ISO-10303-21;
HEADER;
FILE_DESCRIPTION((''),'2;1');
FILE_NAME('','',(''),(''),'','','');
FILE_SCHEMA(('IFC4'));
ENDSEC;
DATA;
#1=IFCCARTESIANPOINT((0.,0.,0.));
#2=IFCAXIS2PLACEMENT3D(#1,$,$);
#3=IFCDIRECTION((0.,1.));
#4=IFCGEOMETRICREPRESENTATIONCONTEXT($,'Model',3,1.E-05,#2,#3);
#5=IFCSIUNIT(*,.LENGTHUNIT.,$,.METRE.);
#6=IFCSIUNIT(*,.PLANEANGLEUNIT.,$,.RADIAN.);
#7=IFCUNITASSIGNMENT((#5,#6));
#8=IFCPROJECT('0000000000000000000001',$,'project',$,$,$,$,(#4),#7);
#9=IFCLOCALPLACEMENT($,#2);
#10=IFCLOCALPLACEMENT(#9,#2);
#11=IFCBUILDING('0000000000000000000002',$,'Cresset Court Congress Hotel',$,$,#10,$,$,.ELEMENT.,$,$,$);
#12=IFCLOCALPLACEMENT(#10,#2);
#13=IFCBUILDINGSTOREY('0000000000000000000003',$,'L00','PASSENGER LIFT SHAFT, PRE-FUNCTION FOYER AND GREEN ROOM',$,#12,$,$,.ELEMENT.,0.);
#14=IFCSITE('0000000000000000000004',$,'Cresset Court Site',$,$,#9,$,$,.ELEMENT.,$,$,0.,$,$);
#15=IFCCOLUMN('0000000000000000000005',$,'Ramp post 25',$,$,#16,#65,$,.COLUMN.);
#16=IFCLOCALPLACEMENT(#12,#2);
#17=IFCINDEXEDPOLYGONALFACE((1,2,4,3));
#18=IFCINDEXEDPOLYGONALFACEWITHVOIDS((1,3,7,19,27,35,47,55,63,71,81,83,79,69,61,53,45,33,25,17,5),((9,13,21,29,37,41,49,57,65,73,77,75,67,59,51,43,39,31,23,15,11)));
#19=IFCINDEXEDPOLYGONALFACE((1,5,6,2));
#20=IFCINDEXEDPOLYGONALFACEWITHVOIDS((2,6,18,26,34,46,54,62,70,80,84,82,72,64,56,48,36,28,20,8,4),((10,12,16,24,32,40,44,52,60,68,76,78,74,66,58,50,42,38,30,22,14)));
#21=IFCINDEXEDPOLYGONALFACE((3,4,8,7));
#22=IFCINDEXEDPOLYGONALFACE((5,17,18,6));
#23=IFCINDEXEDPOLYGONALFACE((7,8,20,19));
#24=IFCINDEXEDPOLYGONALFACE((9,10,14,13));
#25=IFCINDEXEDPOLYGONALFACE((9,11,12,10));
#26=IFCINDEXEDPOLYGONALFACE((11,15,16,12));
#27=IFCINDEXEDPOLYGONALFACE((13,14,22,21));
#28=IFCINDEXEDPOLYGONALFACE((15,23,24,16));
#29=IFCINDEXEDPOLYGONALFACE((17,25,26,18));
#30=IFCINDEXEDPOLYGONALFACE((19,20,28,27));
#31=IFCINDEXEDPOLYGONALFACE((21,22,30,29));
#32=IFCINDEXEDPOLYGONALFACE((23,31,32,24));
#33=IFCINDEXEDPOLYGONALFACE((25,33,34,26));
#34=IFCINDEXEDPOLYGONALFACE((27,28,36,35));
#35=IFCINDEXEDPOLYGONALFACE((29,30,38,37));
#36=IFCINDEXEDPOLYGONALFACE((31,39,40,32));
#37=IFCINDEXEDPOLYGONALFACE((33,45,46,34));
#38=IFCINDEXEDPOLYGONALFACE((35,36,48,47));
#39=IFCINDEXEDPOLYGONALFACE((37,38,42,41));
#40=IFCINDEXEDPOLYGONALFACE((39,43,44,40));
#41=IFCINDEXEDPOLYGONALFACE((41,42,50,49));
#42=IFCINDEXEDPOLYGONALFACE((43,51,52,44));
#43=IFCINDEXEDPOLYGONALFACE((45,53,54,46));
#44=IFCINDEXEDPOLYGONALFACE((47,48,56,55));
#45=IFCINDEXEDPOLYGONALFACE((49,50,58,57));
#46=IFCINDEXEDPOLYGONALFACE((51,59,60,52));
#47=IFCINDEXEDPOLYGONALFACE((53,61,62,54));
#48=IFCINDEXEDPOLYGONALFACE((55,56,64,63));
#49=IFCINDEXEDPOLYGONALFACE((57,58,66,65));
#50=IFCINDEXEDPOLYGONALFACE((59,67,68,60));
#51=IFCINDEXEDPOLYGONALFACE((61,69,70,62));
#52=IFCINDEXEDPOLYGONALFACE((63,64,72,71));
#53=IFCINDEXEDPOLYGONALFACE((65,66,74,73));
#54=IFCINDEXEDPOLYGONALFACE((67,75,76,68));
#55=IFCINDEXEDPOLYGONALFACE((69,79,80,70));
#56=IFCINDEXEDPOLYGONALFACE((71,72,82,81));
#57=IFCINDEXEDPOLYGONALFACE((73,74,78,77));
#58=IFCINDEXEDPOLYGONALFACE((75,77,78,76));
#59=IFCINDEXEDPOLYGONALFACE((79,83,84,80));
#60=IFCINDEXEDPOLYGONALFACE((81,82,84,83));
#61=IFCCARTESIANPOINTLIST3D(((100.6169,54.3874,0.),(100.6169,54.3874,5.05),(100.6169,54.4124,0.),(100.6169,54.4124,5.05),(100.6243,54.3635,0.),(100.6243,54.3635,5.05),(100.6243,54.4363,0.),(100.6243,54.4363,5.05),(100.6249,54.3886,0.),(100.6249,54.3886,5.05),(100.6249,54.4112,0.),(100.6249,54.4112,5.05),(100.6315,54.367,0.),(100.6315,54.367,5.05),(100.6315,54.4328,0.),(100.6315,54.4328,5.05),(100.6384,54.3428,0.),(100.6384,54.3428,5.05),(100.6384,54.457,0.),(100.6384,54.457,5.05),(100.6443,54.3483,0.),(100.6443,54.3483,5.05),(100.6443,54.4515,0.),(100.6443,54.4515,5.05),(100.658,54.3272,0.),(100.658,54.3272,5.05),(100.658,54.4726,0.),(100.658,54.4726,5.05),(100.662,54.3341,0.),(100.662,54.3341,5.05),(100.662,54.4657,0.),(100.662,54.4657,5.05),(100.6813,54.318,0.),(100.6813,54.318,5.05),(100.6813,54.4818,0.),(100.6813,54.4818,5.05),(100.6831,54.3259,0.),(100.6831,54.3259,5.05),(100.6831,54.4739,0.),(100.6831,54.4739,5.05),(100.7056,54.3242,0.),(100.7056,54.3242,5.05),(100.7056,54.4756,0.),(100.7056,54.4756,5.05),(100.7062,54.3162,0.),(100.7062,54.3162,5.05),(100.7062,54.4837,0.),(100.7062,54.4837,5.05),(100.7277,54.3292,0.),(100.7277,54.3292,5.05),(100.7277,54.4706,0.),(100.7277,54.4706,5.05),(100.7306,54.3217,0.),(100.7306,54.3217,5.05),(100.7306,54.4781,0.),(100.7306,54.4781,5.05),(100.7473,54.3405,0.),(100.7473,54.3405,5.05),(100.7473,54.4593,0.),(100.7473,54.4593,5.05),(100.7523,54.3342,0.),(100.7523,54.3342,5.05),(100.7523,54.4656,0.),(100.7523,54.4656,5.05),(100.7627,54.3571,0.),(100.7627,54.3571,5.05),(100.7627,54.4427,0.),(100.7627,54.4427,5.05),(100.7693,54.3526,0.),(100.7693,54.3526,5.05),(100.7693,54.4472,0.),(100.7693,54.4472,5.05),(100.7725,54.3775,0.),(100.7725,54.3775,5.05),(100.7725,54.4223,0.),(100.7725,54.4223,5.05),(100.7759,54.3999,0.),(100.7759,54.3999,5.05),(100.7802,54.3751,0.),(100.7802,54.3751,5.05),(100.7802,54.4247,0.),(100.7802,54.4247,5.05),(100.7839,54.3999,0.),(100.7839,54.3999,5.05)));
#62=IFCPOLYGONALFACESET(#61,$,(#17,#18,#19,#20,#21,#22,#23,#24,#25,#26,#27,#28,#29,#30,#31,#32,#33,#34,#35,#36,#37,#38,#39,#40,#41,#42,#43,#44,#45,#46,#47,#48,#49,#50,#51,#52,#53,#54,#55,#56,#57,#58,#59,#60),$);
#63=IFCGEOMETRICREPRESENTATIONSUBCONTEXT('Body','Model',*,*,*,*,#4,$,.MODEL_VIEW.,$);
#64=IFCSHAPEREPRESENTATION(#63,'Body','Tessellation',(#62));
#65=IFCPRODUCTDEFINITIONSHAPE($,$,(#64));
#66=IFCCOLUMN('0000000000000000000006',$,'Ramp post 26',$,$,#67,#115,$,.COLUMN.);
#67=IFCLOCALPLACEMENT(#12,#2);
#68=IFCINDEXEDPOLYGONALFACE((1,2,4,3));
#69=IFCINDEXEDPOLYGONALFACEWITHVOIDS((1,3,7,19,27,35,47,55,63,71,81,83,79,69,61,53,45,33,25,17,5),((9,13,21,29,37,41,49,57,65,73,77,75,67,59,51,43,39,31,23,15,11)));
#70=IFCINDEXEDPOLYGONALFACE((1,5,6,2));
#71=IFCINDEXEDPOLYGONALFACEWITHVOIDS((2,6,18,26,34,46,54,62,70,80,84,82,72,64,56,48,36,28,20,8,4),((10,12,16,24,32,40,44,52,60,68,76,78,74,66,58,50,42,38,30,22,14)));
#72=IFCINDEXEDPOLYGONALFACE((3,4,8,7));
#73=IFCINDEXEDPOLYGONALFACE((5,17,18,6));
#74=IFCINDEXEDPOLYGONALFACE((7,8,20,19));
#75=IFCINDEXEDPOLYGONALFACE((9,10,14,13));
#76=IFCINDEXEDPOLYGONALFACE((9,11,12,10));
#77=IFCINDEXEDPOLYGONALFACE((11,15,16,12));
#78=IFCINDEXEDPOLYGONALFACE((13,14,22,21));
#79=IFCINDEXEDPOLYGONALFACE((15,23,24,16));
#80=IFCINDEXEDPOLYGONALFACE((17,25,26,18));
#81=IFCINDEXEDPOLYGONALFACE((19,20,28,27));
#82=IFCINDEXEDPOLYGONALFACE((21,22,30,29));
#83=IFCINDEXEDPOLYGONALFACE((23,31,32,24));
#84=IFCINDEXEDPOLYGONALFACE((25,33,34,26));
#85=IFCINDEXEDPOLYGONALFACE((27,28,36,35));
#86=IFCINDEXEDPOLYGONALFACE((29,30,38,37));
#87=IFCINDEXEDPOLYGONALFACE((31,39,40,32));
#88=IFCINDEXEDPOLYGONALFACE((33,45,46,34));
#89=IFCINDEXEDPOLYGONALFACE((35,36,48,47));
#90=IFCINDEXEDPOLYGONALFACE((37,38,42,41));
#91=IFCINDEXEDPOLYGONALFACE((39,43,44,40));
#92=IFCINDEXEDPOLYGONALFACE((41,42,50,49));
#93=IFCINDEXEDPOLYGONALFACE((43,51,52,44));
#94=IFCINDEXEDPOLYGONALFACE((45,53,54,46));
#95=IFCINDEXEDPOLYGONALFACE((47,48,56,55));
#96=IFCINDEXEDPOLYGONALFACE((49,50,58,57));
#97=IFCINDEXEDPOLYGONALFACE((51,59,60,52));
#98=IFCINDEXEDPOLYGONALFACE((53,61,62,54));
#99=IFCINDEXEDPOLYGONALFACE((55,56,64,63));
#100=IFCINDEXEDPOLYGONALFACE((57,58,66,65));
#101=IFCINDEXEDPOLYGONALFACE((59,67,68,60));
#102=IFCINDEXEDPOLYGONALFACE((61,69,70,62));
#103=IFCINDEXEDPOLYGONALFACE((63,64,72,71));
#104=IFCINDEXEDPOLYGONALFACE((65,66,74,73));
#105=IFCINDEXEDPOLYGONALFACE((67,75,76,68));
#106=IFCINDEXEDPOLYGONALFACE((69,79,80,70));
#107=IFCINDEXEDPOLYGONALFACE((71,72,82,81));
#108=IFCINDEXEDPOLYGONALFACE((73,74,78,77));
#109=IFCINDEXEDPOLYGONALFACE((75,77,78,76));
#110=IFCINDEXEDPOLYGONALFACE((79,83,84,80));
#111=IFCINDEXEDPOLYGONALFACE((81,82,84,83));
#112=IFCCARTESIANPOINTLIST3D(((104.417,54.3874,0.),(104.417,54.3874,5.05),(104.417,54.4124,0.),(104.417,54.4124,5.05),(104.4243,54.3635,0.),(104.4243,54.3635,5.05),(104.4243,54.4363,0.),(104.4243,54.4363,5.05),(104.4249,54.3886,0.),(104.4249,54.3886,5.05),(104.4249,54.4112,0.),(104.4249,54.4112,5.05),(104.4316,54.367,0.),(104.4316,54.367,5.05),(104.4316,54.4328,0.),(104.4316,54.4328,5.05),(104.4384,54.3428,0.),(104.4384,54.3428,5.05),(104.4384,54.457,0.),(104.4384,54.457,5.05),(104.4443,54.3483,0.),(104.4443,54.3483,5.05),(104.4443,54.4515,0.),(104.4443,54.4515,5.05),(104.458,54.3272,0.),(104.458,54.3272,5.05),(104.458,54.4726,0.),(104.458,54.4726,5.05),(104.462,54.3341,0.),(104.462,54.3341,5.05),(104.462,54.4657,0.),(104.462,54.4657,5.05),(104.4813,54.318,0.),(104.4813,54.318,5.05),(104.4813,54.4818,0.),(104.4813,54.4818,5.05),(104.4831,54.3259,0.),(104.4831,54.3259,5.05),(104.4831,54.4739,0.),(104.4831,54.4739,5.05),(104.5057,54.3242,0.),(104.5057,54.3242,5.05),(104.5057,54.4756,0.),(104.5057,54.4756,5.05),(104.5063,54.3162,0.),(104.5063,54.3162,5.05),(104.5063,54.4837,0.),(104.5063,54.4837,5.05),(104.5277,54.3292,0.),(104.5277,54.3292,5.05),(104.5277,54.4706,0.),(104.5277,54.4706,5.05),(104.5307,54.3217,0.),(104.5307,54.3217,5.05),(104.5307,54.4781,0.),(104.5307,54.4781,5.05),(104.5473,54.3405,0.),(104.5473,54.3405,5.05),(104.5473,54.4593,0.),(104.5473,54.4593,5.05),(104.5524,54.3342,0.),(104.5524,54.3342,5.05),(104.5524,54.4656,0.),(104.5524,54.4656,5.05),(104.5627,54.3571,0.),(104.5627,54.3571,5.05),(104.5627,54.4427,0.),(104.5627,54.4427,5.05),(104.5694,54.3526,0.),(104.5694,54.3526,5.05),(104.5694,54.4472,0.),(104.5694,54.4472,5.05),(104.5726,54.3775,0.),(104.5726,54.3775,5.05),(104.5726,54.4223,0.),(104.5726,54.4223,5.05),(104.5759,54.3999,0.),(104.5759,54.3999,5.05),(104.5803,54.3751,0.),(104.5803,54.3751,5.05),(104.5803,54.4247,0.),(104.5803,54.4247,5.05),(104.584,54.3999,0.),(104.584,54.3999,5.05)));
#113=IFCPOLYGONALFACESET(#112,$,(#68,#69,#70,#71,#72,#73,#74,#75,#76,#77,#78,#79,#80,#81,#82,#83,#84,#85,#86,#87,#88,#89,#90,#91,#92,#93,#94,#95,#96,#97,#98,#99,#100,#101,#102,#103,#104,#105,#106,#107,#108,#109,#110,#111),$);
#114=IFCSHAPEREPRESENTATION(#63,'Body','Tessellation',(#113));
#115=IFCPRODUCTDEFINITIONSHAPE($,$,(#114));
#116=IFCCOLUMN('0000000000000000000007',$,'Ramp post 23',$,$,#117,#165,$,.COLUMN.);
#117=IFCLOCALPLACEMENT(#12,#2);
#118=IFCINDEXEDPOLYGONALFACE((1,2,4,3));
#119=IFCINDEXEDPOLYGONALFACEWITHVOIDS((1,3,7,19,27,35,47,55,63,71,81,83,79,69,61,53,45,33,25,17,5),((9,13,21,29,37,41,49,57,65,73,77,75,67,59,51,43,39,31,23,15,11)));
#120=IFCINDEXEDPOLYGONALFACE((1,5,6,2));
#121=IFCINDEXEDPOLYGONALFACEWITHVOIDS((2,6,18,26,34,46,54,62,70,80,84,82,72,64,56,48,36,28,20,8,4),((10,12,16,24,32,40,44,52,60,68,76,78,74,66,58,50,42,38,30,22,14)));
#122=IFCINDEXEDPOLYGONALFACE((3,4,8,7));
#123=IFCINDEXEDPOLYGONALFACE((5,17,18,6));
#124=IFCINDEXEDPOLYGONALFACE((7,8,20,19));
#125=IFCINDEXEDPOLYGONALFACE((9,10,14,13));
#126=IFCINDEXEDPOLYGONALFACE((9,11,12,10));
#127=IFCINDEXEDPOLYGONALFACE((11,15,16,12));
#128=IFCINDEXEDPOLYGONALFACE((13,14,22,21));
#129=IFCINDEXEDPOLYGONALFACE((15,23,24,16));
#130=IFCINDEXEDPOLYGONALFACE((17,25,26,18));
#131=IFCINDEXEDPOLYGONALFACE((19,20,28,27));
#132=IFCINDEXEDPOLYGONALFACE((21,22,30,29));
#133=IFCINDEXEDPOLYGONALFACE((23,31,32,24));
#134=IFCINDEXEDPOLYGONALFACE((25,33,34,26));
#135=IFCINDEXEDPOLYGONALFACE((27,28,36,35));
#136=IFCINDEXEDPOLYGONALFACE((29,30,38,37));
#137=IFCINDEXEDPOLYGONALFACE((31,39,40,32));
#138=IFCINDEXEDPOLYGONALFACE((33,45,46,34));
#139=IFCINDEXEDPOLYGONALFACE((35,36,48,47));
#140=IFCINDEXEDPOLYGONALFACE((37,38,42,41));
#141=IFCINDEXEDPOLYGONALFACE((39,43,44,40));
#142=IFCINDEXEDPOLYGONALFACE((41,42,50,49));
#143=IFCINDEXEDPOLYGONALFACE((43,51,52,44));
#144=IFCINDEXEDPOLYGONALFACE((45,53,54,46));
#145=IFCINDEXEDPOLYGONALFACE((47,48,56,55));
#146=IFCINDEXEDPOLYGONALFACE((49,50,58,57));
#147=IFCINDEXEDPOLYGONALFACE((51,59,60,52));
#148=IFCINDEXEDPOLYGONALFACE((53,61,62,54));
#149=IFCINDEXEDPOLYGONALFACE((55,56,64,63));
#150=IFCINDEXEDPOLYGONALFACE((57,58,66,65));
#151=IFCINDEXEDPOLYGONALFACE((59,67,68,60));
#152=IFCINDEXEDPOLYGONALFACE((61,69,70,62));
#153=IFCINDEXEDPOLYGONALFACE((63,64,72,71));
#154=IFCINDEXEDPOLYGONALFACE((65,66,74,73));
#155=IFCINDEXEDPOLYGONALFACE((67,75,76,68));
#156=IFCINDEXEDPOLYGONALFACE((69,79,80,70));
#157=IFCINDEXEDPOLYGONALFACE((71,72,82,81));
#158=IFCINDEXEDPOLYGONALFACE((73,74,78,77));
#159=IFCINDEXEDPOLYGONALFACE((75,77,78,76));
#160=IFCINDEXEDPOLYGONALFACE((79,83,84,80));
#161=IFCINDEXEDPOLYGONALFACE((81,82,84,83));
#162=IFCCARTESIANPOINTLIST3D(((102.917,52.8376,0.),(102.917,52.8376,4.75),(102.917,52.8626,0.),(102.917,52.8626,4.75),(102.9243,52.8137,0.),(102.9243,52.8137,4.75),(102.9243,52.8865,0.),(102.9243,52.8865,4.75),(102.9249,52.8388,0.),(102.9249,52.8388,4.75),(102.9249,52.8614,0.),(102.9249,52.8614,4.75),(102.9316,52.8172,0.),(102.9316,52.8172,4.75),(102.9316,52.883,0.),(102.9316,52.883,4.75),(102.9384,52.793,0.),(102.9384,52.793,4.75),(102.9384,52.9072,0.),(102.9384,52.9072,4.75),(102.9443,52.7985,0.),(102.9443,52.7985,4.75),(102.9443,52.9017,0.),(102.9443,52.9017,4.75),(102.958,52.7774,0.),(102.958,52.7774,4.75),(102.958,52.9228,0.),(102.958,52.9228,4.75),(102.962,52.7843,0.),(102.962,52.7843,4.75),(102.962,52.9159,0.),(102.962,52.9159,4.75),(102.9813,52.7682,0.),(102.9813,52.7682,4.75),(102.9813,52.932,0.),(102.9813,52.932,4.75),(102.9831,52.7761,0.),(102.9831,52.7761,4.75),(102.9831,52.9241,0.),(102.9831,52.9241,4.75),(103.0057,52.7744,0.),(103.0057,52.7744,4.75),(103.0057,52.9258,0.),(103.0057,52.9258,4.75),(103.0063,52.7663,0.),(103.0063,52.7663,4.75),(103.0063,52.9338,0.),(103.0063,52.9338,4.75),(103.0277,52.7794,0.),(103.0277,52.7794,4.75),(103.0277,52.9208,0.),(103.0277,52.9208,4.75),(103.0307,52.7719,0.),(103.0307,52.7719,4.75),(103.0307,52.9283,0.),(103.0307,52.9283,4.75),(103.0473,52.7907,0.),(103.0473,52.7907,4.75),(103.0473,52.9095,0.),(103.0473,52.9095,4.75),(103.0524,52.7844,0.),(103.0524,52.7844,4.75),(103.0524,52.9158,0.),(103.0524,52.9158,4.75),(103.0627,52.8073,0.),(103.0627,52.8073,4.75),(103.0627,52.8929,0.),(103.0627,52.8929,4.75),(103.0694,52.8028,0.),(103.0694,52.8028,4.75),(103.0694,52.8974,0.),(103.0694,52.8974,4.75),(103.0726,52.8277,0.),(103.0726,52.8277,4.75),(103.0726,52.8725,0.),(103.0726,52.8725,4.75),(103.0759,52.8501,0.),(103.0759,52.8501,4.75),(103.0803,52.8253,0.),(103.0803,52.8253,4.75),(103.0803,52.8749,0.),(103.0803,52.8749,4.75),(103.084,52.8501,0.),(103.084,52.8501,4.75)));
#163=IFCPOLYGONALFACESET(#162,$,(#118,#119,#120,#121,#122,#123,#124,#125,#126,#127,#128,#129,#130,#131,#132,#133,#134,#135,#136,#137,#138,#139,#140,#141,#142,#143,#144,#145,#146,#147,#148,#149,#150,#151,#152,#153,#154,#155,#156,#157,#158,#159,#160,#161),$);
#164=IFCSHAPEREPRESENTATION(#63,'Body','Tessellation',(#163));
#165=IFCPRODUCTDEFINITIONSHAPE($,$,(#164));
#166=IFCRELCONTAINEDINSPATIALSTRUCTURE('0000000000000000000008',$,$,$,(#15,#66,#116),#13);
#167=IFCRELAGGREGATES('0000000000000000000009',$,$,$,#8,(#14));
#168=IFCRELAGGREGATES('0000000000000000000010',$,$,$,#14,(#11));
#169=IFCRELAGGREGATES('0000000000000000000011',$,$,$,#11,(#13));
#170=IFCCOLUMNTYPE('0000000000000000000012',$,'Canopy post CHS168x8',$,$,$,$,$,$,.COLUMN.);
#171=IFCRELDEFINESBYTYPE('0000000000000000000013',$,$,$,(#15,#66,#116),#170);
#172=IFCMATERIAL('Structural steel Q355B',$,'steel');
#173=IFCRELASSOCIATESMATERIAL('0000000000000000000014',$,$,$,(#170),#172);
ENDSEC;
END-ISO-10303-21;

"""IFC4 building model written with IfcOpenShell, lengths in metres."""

from ifc_helpers import new_model, si_unit, direction, frame, origin, origin_2d, place, context, subcontext, project, spatial, hollow_circle, extrude, material, material_profile, profile_set, type_object, element, save


model = new_model("IFC4")

# Units and contexts
model_context = context("Model", 3, precision=1e-05, world=origin(), true_north=direction((0.0, 1.0)))
body_context = subcontext(model_context, "Body", "Model", "MODEL_VIEW")
ifc_project = project(units=[si_unit("LENGTHUNIT", "METRE"), si_unit("PLANEANGLEUNIT", "RADIAN")], contexts=[model_context])

# Site, building, storey
site_placement = place(None, origin())
site = spatial("IfcSite", under=ifc_project, at=site_placement, Name="Cresset Court Site", CompositionType="ELEMENT", RefElevation=0.0)
building_placement = place(site_placement, origin())
building = spatial("IfcBuilding", under=site, at=building_placement, Name="Cresset Court Congress Hotel", CompositionType="ELEMENT")
storey_placement = place(building_placement, origin())
storey = spatial("IfcBuildingStorey", under=building, at=storey_placement, Name="L00", Description="PASSENGER LIFT SHAFT, PRE-FUNCTION FOYER AND GREEN ROOM", CompositionType="ELEMENT", Elevation=0.0)

# Columns
ifc_material_1 = material(Name="Structural steel Q355B", Category="steel")
ifc_material_profile = material_profile(ifc_material_1, hollow_circle(Radius=0.084, WallThickness=0.0081, at=origin_2d()), Name="CHS168x8")
ifc_profile_set = profile_set([ifc_material_profile], Name="Structural steel Q355B")
column_type = type_object("IfcColumnType", Name="Canopy post CHS168x8", PredefinedType="COLUMN", material=ifc_profile_set)
for number, where, z_axis, x_axis, name in (
    (1, (100.7, 54.3999, 0.0), (0.0, 0.0, 1.0), (1.0, 0.0, 0.0), "Ramp post 25"),
    (2, (104.5, 54.3999, 0.0), (0.0, 0.0, 1.0), (1.0, 0.0, 0.0), "Ramp post 26"),
):
    element("IfcColumn", number, at=place(storey_placement, frame(where, z_axis=z_axis, x_axis=x_axis)), inside=storey, type_object=column_type, Name=name, PredefinedType="COLUMN", context=body_context, shape_type="SweptSolid", body=[
        extrude(hollow_circle(Radius=0.084, WallThickness=0.0081, at=origin_2d()), origin(), (0.0, 0.0, 1.0), 5.05),
    ])
for number, where, z_axis, x_axis, name in (
    (3, (103.0, 52.8501, 0.0), (0.0, 0.0, 1.0), (1.0, 0.0, 0.0), "Ramp post 23"),
):
    element("IfcColumn", number, at=place(storey_placement, frame(where, z_axis=z_axis, x_axis=x_axis)), inside=storey, type_object=column_type, Name=name, PredefinedType="COLUMN", context=body_context, shape_type="SweptSolid", body=[
        extrude(hollow_circle(Radius=0.084, WallThickness=0.0081, at=origin_2d()), origin(), (0.0, 0.0, 1.0), 4.75),
    ])

save(model, "model.ifc")
